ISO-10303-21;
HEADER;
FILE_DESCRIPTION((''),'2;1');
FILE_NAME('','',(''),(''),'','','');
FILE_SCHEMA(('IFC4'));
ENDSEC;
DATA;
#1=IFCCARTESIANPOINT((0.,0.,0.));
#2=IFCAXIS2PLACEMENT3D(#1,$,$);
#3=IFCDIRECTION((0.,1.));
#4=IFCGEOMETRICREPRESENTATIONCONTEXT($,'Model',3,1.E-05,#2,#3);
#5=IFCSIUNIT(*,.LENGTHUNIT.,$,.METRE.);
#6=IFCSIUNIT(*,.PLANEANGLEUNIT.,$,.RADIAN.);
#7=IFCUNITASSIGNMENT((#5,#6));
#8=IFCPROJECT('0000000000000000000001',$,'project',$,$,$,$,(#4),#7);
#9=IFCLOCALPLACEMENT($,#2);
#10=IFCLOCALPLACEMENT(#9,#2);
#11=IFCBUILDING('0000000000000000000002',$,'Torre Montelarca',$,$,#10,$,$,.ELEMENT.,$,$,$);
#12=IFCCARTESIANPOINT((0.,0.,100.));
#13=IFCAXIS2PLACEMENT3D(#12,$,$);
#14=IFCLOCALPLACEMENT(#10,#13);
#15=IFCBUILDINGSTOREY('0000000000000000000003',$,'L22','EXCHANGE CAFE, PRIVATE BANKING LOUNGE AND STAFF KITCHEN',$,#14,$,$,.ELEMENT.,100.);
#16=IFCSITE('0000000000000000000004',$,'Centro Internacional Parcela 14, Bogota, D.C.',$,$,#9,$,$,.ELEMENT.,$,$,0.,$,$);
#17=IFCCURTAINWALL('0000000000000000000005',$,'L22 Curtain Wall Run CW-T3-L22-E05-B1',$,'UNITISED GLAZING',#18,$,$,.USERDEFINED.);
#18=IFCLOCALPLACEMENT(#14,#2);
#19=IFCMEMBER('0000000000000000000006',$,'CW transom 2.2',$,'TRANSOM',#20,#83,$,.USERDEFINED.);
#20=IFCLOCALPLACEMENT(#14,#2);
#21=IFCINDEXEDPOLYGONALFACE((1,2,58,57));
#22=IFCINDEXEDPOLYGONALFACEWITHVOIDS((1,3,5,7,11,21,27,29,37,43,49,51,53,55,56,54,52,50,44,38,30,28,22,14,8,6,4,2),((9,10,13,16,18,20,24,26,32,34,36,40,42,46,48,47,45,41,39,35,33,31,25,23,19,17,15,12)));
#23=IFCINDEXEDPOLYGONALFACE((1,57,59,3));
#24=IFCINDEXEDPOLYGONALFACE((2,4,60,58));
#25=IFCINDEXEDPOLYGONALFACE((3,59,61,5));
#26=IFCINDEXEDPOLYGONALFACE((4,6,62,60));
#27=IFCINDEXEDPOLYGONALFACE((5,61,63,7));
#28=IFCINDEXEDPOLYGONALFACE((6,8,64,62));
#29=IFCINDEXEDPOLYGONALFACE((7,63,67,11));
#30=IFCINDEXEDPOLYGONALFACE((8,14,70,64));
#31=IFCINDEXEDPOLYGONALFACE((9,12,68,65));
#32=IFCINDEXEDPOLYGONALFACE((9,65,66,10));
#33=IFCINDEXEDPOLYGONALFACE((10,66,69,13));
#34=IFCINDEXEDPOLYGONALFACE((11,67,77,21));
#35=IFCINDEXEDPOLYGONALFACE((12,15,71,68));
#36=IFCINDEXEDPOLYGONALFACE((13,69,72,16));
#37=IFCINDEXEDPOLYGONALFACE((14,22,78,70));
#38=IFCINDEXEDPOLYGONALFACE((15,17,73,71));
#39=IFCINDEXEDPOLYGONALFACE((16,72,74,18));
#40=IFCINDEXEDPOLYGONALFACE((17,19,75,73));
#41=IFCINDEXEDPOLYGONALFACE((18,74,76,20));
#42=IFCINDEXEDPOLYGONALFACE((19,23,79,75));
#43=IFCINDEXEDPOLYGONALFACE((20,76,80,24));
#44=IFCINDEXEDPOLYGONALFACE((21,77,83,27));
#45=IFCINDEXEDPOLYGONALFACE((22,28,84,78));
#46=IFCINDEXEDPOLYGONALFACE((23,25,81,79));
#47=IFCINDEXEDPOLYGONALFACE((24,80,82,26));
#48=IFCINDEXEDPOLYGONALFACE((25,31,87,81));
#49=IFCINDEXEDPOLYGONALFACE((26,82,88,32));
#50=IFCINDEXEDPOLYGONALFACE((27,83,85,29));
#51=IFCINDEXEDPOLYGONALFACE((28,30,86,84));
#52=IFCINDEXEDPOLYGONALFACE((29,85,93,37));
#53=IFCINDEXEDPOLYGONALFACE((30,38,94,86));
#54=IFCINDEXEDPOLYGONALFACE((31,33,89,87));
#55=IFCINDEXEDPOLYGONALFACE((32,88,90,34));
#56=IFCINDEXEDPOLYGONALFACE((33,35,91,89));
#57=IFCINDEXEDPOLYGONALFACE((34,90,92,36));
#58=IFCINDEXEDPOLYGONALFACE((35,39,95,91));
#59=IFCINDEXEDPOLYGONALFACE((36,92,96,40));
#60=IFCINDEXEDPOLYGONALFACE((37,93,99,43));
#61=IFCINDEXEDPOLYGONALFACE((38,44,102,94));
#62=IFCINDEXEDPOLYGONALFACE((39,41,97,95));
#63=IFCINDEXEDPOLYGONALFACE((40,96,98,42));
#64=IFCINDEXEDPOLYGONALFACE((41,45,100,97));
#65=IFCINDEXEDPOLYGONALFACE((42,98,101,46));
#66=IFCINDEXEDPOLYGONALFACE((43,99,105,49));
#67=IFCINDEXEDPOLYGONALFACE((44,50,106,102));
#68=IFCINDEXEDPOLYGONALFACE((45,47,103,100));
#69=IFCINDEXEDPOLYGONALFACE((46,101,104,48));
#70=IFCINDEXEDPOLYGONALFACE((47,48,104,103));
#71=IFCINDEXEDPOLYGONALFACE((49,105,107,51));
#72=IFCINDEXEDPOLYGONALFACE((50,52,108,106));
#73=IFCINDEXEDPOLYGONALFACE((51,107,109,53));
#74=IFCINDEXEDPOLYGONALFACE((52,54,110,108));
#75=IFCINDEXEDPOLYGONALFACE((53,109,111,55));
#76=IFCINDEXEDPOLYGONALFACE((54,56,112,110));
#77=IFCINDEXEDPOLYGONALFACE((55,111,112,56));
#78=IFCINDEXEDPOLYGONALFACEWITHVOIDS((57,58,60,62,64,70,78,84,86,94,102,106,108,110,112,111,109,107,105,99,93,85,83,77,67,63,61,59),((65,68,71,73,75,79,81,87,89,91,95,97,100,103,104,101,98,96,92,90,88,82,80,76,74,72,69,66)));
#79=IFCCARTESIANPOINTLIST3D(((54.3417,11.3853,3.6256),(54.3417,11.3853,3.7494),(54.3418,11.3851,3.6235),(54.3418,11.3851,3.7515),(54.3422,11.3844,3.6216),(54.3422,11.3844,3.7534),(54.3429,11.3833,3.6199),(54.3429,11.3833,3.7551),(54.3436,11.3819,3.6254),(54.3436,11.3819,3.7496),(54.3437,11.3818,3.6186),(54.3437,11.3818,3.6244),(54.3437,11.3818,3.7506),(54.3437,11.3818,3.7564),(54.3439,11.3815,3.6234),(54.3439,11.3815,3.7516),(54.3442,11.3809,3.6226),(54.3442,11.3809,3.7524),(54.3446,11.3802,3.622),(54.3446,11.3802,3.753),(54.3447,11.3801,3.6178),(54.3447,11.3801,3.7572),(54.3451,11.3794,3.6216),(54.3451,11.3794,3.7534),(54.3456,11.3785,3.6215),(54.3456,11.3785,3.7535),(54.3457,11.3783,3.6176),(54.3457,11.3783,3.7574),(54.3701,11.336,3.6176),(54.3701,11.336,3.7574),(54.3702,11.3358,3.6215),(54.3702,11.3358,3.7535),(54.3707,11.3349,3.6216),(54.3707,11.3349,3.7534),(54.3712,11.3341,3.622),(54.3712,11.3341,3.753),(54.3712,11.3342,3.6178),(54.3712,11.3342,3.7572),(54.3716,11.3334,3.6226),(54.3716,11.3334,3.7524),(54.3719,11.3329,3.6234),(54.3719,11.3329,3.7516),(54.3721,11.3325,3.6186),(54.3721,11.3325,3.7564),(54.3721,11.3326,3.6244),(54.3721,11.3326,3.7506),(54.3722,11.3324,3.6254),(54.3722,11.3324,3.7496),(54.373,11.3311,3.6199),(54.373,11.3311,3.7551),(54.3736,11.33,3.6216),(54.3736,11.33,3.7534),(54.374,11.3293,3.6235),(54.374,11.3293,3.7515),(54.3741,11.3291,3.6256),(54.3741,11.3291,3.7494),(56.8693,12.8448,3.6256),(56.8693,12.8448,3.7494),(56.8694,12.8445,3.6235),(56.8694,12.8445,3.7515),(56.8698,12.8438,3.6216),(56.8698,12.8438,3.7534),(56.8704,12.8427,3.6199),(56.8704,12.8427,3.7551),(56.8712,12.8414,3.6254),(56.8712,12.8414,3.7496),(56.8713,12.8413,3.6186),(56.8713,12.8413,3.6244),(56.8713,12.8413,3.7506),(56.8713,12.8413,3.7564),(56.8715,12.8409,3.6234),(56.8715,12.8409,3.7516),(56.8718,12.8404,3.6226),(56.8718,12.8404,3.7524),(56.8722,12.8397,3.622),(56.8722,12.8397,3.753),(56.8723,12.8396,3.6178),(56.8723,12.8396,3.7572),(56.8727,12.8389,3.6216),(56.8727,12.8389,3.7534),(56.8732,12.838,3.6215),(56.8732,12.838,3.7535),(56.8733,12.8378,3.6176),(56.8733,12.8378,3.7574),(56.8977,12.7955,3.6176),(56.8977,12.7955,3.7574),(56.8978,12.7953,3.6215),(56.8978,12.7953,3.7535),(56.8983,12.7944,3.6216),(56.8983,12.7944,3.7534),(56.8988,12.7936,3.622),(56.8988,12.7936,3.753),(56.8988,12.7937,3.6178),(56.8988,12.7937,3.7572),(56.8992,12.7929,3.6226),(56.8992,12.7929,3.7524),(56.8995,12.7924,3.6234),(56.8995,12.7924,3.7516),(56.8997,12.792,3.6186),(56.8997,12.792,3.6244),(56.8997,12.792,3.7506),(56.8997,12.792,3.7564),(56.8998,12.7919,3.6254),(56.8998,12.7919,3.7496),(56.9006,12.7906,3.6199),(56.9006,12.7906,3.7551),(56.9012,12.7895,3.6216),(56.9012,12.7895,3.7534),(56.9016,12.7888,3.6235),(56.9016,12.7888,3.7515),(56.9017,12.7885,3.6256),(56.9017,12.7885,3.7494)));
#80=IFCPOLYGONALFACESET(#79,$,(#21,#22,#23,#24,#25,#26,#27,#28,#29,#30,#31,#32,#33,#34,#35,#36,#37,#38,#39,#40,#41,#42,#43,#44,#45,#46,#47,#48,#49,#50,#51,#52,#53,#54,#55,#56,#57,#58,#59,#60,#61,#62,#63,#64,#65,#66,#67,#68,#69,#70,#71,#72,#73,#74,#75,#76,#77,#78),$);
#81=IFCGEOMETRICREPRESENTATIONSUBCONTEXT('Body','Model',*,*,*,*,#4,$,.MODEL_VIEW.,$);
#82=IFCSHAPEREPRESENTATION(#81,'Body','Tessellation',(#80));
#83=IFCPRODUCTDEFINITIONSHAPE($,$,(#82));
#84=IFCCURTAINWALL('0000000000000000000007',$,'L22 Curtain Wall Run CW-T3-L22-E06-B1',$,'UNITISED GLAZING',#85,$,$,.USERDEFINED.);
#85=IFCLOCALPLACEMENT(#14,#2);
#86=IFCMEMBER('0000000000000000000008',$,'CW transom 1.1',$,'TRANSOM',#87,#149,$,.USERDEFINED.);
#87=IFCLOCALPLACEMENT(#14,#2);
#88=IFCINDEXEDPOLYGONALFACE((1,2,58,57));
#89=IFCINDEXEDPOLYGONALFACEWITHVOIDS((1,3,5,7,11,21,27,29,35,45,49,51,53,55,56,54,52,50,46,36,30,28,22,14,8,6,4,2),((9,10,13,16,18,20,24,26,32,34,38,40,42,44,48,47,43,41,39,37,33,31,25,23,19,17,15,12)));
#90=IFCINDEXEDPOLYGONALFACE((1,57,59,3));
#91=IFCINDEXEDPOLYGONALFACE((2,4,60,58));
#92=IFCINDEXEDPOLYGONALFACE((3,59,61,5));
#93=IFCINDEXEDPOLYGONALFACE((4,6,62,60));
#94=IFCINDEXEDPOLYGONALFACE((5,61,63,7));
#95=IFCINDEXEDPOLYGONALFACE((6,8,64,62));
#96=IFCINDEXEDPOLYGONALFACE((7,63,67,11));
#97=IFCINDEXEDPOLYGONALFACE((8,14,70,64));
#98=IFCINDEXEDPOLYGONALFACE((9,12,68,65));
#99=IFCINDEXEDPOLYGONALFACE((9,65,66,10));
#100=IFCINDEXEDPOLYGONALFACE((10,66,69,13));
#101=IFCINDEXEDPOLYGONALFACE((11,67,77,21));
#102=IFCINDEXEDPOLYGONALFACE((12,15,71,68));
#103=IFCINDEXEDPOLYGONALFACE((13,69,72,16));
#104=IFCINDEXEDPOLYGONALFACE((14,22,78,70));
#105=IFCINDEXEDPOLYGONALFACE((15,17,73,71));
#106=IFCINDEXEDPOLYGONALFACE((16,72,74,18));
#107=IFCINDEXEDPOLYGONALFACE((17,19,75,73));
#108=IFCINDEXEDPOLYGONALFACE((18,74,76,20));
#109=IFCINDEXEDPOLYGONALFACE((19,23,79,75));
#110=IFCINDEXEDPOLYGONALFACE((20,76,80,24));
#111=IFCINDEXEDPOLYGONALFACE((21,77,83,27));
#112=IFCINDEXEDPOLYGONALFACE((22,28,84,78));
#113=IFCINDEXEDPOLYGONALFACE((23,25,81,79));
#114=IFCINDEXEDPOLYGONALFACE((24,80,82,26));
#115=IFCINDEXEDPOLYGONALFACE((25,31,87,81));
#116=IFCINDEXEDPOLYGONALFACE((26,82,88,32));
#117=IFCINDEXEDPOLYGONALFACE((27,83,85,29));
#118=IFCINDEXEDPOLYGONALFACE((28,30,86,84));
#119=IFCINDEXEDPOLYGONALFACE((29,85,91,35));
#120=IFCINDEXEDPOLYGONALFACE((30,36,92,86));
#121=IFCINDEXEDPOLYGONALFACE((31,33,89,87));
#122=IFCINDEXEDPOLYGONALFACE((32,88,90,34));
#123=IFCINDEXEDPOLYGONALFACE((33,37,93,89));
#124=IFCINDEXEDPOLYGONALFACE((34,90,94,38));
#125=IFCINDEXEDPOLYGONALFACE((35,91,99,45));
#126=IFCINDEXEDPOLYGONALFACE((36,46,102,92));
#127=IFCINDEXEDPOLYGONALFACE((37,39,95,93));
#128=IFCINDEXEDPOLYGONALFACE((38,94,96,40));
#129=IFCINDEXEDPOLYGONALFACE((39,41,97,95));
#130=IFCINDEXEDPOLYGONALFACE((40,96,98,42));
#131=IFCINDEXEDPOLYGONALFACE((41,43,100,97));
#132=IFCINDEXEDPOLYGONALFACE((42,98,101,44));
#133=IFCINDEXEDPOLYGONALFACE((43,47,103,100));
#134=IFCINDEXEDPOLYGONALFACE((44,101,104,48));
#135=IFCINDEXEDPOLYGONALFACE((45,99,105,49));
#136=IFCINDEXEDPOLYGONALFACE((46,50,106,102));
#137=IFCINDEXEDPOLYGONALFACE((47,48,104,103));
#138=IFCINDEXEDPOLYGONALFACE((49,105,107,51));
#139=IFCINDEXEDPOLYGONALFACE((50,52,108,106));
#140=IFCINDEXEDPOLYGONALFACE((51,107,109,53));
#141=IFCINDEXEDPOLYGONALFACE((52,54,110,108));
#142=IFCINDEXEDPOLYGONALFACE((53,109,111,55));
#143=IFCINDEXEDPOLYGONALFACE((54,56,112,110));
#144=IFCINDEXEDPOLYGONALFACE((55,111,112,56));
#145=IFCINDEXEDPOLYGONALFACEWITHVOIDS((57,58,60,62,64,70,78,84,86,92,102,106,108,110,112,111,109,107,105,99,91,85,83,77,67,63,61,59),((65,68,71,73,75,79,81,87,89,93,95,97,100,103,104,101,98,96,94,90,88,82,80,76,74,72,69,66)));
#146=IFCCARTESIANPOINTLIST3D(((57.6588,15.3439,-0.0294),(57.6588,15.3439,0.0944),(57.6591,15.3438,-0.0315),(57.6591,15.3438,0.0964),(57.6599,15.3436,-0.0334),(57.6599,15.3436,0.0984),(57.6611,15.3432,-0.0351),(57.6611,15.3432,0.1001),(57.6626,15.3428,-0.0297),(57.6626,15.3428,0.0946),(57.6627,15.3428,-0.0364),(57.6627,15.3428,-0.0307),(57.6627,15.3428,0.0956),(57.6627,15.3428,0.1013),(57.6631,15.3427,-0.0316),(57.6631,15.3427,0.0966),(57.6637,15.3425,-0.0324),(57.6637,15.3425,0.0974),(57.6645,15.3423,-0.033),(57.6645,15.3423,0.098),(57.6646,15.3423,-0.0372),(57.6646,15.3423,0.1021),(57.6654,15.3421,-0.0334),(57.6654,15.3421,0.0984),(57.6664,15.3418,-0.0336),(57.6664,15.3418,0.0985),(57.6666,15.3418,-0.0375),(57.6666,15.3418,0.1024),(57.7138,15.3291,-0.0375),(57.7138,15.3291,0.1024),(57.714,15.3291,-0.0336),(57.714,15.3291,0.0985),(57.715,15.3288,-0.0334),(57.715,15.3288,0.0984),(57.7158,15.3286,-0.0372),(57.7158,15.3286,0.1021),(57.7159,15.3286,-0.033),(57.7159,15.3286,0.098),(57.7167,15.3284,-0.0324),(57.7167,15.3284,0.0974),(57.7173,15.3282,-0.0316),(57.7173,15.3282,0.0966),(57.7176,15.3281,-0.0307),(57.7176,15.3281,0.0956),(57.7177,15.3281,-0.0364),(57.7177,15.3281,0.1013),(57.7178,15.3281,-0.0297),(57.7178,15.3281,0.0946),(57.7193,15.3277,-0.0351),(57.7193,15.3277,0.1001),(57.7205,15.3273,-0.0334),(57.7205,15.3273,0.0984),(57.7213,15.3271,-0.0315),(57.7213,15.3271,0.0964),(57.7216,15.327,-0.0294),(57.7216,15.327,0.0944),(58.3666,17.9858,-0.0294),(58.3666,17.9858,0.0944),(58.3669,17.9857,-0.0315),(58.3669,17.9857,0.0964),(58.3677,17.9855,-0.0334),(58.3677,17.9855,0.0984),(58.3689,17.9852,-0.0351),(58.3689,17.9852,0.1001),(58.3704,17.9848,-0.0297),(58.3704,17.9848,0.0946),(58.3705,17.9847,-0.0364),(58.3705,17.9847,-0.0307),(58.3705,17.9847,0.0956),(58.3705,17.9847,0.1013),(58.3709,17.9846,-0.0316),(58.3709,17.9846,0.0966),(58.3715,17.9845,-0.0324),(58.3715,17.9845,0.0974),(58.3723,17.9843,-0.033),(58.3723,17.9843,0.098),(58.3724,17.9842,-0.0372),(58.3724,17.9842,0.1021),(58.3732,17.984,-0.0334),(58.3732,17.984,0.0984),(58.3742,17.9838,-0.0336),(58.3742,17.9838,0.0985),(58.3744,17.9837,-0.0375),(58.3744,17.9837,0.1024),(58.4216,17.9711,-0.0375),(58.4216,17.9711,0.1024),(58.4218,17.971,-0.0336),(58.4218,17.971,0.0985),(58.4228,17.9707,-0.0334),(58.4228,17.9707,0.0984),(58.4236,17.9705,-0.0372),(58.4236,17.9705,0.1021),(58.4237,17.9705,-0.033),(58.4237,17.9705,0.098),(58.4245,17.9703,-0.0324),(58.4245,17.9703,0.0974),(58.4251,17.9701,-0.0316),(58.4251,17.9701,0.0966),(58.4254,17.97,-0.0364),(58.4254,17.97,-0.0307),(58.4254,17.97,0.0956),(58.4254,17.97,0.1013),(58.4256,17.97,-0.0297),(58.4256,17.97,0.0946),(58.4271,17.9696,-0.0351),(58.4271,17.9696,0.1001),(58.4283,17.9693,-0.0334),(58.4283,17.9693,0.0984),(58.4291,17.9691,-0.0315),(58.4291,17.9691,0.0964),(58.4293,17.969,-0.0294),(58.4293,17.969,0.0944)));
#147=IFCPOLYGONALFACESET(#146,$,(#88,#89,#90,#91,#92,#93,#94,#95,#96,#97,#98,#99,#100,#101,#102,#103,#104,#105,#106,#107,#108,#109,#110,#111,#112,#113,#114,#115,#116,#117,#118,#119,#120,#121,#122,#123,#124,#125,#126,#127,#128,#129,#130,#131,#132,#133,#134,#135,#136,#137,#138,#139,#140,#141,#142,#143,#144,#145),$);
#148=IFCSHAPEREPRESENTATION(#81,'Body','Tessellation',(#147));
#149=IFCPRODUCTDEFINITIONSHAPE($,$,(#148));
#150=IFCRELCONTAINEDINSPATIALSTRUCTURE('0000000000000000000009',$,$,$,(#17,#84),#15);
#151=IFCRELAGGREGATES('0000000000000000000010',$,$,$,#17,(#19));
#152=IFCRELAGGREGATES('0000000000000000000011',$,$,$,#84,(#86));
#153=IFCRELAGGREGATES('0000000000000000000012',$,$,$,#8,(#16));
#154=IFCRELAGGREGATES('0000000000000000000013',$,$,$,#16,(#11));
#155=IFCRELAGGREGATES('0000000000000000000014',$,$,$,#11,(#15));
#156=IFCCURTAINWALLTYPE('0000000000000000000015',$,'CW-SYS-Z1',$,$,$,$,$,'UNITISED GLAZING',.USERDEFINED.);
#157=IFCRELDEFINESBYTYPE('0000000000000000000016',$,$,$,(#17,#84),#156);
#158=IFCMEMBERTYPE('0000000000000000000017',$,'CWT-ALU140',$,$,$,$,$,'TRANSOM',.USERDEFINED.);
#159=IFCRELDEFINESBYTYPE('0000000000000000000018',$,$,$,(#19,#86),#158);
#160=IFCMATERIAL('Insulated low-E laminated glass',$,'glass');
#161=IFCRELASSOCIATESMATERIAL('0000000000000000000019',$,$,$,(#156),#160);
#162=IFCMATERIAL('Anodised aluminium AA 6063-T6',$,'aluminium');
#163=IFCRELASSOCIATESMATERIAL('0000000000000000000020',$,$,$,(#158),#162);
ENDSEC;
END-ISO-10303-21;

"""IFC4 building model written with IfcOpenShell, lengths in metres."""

from ifc_helpers import new_model, si_unit, direction, frame, origin, origin_2d, place, context, subcontext, project, spatial, hollow_rectangle, extrude, source, transform, mapped, material, material_profile, profile_set, type_object, element, aggregate, save


model = new_model("IFC4")

# Units and contexts
model_context = context("Model", 3, precision=1e-05, world=origin(), true_north=direction((0.0, 1.0)))
body_context = subcontext(model_context, "Body", "Model", "MODEL_VIEW")
ifc_project = project(units=[si_unit("LENGTHUNIT", "METRE"), si_unit("PLANEANGLEUNIT", "RADIAN")], contexts=[model_context])

# Site, building, storey
site_placement = place(None, origin())
site = spatial("IfcSite", under=ifc_project, at=site_placement, Name="Centro Internacional Parcela 14, Bogota, D.C.", CompositionType="ELEMENT", RefElevation=0.0)
building_placement = place(site_placement, origin())
building = spatial("IfcBuilding", under=site, at=building_placement, Name="Torre Montelarca", CompositionType="ELEMENT")
storey_placement = place(building_placement, frame((0.0, 0.0, 100.0)))
storey = spatial("IfcBuildingStorey", under=building, at=storey_placement, Name="L22", Description="EXCHANGE CAFE, PRIVATE BANKING LOUNGE AND STAFF KITCHEN", CompositionType="ELEMENT", Elevation=100.0)

# Curtain walls, members
ifc_material_1 = material(Name="Insulated low-E laminated glass", Category="glass")
curtain_wall_type = type_object("IfcCurtainWallType", Name="CW-SYS-Z1", ElementType="UNITISED GLAZING", PredefinedType="USERDEFINED", material=ifc_material_1)
curtain_wall_1_placement = place(storey_placement, origin())
curtain_wall_1 = element("IfcCurtainWall", 1, at=curtain_wall_1_placement, inside=storey, type_object=curtain_wall_type, Name="L22 Curtain Wall Run CW-T3-L22-E05-B1", ObjectType="UNITISED GLAZING", PredefinedType="USERDEFINED")
ifc_material_2 = material(Name="Anodised aluminium AA 6063-T6", Category="aluminium")
ifc_material_profile_1 = material_profile(ifc_material_2, hollow_rectangle(XDim=0.0649, YDim=0.1399, WallThickness=0.0039, InnerFilletRadius=0.0039, OuterFilletRadius=0.0081, at=origin_2d()), Name="ALU65X140X4", Category="aluminium")
ifc_profile_set_1 = profile_set([ifc_material_profile_1], Name="Anodised aluminium AA 6063-T6")
member_type_1 = type_object("IfcMemberType", Name="CWT-ALU140", ElementType="TRANSOM", PredefinedType="USERDEFINED", material=ifc_profile_set_1)
shared_shape_1 = source(origin(), body_context, "Body", "SweptSolid", [
    extrude(hollow_rectangle(XDim=0.0649, YDim=0.1399, WallThickness=0.0039, InnerFilletRadius=0.0039, OuterFilletRadius=0.0081, at=origin_2d()), origin(), (0.0, 0.0, 1.0), 2.9187),
])
member_1_placement = place(storey_placement, frame((54.3579, 11.3572, 3.6875), z_axis=(0.866, 0.500043, 0.0), x_axis=(-0.500043, 0.866, 0.0)))
member_1 = element("IfcMember", 2, at=member_1_placement, type_object=member_type_1, Name="CW transom 2.2", ObjectType="TRANSOM", PredefinedType="USERDEFINED", context=body_context, shape_type="MappedRepresentation", body=[
    mapped(shared_shape_1, transform((0.0, 0.0, 0.0), scale=1.0)),
])
curtain_wall_2_placement = place(storey_placement, origin())
curtain_wall_2 = element("IfcCurtainWall", 3, at=curtain_wall_2_placement, inside=storey, type_object=curtain_wall_type, Name="L22 Curtain Wall Run CW-T3-L22-E06-B1", ObjectType="UNITISED GLAZING", PredefinedType="USERDEFINED")
shared_shape_2 = source(origin(), body_context, "Body", "SweptSolid", [
    extrude(hollow_rectangle(XDim=0.0649, YDim=0.1399, WallThickness=0.0039, InnerFilletRadius=0.0039, OuterFilletRadius=0.0081, at=origin_2d()), origin(), (0.0, 0.0, 1.0), 2.7351),
])
member_2_placement = place(storey_placement, frame((57.6902, 15.3354, 0.0325), z_axis=(0.258779, 0.965936, 0.0), x_axis=(-0.965936, 0.258779, 0.0)))
member_2 = element("IfcMember", 4, at=member_2_placement, type_object=member_type_1, Name="CW transom 1.1", ObjectType="TRANSOM", PredefinedType="USERDEFINED", context=body_context, shape_type="MappedRepresentation", body=[
    mapped(shared_shape_2, transform((0.0, 0.0, 0.0), scale=1.0)),
])

aggregate(curtain_wall_1, [member_1])
aggregate(curtain_wall_2, [member_2])

save(model, "model.ifc")
